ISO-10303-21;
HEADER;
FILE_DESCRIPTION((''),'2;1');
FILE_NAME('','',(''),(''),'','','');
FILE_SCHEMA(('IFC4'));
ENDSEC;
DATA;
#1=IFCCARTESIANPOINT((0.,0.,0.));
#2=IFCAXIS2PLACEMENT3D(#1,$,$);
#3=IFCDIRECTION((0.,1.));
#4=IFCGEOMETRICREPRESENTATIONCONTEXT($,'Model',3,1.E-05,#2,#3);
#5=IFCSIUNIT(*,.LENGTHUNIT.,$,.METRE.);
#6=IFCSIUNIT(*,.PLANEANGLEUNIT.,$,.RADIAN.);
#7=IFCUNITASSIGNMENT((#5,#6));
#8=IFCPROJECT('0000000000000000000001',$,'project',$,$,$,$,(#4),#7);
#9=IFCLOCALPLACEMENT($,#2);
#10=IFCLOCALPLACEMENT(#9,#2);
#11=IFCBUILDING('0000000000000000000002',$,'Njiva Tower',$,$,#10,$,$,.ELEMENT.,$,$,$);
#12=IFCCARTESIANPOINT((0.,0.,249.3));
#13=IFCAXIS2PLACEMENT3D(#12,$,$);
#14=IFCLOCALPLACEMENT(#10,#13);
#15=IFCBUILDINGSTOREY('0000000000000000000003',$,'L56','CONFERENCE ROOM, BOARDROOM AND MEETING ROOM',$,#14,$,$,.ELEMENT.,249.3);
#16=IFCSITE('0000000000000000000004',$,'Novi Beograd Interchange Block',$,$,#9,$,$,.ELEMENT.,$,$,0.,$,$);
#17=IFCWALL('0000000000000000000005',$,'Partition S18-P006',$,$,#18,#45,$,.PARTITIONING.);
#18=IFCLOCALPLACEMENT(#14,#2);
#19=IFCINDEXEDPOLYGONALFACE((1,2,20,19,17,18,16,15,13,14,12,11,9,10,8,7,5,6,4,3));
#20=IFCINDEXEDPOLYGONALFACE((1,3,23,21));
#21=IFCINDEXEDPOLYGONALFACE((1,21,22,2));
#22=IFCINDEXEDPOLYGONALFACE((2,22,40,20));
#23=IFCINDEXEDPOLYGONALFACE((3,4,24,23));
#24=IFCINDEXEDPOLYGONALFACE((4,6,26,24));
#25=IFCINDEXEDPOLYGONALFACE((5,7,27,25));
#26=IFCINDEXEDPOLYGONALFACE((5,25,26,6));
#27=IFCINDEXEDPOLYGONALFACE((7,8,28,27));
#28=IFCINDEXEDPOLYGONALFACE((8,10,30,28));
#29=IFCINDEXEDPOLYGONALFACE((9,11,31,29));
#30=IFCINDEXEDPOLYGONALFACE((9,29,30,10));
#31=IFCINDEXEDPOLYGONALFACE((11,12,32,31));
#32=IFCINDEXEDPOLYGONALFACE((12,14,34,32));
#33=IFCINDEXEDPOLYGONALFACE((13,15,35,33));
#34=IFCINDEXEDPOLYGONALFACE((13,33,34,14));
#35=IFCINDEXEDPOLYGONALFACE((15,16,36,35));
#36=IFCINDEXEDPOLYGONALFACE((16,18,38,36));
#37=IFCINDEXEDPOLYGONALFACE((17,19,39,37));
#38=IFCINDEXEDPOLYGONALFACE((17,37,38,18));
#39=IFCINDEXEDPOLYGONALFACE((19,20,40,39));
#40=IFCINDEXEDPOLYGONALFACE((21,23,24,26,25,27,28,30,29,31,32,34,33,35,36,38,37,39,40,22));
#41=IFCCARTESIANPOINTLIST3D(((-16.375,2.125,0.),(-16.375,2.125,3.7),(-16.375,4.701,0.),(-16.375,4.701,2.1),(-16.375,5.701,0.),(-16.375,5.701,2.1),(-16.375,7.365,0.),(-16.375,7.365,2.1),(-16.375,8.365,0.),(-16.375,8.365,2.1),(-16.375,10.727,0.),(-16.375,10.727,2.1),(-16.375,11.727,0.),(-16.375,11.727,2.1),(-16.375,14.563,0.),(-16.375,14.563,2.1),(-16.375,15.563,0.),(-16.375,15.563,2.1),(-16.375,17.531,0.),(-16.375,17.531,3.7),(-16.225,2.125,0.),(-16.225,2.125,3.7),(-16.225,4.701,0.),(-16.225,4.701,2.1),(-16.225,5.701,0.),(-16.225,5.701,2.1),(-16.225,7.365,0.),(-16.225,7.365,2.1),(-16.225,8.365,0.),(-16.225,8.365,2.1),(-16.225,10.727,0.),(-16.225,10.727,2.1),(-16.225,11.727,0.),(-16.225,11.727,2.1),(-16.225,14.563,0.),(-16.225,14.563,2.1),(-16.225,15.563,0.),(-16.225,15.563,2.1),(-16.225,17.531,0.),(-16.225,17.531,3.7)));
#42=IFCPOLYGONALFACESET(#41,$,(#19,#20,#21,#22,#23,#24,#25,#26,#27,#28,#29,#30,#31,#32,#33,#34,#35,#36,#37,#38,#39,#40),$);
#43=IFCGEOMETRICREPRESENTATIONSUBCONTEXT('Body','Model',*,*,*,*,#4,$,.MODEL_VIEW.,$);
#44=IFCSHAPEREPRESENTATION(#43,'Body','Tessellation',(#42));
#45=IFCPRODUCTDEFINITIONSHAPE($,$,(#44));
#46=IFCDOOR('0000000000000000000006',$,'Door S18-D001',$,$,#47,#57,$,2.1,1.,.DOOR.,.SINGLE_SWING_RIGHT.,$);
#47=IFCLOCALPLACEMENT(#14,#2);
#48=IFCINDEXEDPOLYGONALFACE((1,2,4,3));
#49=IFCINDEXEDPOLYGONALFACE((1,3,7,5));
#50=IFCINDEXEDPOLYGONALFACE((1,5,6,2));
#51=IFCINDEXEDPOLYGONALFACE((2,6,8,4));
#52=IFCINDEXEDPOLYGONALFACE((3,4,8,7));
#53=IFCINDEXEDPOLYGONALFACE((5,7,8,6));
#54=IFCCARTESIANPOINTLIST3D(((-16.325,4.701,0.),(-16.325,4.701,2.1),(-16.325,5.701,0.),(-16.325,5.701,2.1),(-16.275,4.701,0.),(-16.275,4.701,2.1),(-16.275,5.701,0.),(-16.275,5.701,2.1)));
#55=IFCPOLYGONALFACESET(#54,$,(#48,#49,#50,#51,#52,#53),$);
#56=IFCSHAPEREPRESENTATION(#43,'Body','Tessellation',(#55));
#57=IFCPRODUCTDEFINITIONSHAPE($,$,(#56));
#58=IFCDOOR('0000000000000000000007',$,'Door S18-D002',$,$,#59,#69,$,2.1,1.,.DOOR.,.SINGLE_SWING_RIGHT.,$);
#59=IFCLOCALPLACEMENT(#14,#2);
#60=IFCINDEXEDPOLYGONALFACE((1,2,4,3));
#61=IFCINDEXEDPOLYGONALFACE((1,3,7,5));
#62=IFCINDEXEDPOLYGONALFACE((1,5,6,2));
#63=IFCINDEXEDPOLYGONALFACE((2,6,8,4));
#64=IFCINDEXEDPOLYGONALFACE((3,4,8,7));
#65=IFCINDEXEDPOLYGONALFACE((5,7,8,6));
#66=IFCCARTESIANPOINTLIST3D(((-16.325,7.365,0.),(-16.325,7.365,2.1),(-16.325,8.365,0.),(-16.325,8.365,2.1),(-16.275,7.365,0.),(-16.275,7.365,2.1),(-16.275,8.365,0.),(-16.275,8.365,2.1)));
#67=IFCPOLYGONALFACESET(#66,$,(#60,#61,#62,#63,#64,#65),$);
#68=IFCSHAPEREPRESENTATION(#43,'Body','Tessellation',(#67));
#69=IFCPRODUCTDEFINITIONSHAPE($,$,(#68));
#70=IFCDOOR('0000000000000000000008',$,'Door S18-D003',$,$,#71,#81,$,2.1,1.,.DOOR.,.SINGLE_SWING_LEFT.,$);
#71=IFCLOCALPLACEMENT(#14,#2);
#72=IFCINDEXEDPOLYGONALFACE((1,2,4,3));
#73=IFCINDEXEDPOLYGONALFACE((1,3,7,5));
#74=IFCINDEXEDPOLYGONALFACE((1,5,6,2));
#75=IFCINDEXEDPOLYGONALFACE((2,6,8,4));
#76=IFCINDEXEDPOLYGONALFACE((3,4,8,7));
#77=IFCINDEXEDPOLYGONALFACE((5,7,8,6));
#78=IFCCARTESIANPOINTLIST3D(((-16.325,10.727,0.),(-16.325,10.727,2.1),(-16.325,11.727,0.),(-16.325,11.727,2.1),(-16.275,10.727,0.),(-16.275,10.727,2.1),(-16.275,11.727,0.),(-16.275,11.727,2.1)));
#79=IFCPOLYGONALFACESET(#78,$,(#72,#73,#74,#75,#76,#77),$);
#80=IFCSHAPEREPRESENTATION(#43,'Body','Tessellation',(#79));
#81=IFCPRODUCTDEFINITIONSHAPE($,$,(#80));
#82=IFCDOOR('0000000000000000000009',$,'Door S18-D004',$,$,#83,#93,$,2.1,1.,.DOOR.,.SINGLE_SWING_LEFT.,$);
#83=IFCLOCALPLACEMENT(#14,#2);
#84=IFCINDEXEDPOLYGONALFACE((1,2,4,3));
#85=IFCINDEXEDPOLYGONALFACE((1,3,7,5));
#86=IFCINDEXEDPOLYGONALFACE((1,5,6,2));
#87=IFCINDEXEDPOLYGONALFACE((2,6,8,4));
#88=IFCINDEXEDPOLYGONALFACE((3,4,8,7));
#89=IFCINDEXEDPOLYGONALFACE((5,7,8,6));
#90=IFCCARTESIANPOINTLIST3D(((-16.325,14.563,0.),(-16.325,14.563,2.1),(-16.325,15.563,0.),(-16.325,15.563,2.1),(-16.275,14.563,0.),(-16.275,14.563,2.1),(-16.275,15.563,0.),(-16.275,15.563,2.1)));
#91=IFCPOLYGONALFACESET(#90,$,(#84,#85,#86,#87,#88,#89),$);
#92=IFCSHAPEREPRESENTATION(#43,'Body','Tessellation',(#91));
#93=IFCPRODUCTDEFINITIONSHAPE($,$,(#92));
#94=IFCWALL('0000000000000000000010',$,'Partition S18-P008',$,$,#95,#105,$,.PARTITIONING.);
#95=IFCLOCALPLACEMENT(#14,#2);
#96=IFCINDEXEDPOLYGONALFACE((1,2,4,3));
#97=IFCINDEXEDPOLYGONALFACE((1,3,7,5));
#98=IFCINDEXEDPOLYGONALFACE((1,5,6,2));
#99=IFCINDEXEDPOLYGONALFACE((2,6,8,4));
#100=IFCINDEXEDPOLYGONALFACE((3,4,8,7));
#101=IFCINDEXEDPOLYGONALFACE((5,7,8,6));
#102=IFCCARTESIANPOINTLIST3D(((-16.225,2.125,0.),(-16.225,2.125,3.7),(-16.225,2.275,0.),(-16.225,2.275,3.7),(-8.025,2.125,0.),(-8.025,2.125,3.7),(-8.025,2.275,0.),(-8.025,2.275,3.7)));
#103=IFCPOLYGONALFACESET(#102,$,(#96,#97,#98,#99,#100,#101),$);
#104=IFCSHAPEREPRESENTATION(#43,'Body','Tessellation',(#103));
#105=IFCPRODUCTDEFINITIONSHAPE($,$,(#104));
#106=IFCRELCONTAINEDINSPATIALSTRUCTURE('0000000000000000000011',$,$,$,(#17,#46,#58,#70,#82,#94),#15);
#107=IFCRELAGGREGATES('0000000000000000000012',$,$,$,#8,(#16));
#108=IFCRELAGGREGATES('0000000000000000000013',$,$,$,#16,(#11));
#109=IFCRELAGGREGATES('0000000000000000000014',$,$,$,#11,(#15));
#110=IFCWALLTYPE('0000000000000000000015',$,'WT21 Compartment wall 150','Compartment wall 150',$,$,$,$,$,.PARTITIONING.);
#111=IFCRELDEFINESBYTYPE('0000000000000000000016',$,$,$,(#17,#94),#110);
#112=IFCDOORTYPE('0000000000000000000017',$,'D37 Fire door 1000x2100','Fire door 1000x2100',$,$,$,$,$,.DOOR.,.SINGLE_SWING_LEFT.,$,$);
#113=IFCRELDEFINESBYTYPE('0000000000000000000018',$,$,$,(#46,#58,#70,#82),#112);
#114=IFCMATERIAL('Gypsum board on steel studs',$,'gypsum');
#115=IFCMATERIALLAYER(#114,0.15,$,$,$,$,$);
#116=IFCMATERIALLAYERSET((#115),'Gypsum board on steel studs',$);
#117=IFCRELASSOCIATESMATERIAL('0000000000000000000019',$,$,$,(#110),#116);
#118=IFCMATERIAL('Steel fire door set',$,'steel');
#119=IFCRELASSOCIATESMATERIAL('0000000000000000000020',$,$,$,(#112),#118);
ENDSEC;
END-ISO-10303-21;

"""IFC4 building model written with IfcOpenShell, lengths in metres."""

from ifc_helpers import new_model, si_unit, direction, frame, frame_2d, origin, place, context, subcontext, project, spatial, rectangle, extrude, material, layer, layer_set, type_object, element, fill, save


model = new_model("IFC4")

# Units and contexts
model_context = context("Model", 3, precision=1e-05, world=origin(), true_north=direction((0.0, 1.0)))
body_context = subcontext(model_context, "Body", "Model", "MODEL_VIEW")
ifc_project = project(units=[si_unit("LENGTHUNIT", "METRE"), si_unit("PLANEANGLEUNIT", "RADIAN")], contexts=[model_context])

# Site, building, storey
site_placement = place(None, origin())
site = spatial("IfcSite", under=ifc_project, at=site_placement, Name="Novi Beograd Interchange Block", CompositionType="ELEMENT", RefElevation=0.0)
building_placement = place(site_placement, origin())
building = spatial("IfcBuilding", under=site, at=building_placement, Name="Njiva Tower", CompositionType="ELEMENT")
storey_placement = place(building_placement, frame((0.0, 0.0, 249.3)))
storey = spatial("IfcBuildingStorey", under=building, at=storey_placement, Name="L56", Description="CONFERENCE ROOM, BOARDROOM AND MEETING ROOM", CompositionType="ELEMENT", Elevation=249.3)

# Shared definitions
ifc_material_1 = material(Name="Gypsum board on steel studs", Category="gypsum")
ifc_layer_1 = layer(ifc_material_1, 0.15)
ifc_layer_set_1 = layer_set([ifc_layer_1], Name="Gypsum board on steel studs")
wall_type_1 = type_object("IfcWallType", Name="WT21 Compartment wall 150", Description="Compartment wall 150", PredefinedType="PARTITIONING", material=ifc_layer_set_1)

# Wall, openings, doors
wall_1_placement = place(storey_placement, frame((-16.3, 2.125, 0.0), z_axis=(0.0, 0.0, 1.0), x_axis=(0.0, 1.0, 0.0)))
wall_1 = element("IfcWall", 1, at=wall_1_placement, inside=storey, type_object=wall_type_1, Name="Partition S18-P006", PredefinedType="PARTITIONING", context=body_context, shape_type="SweptSolid", body=[
    extrude(rectangle(XDim=15.406, YDim=0.15, at=frame_2d((7.703, 0.0))), origin(), (0.0, 0.0, 1.0), 3.7),
])
opening_1_placement = place(wall_1_placement, frame((2.576, 0.0, 0.0)))
opening_1 = element("IfcOpeningElement", 2, at=opening_1_placement, cuts=wall_1, PredefinedType="OPENING", context=body_context, shape_type="SweptSolid", body=[
    extrude(rectangle(XDim=1.0, YDim=2.1, at=frame_2d((0.5, 1.05))), frame((0.0, 0.085, 0.0), z_axis=(0.0, -1.0, 0.0), x_axis=(1.0, 0.0, 0.0)), (0.0, 0.0, 1.0), 0.17),
])
opening_2_placement = place(wall_1_placement, frame((5.24, 0.0, 0.0)))
opening_2 = element("IfcOpeningElement", 3, at=opening_2_placement, cuts=wall_1, PredefinedType="OPENING", context=body_context, shape_type="SweptSolid", body=[
    extrude(rectangle(XDim=1.0, YDim=2.1, at=frame_2d((0.5, 1.05))), frame((0.0, 0.085, 0.0), z_axis=(0.0, -1.0, 0.0), x_axis=(1.0, 0.0, 0.0)), (0.0, 0.0, 1.0), 0.17),
])
opening_3_placement = place(wall_1_placement, frame((8.602, 0.0, 0.0)))
opening_3 = element("IfcOpeningElement", 4, at=opening_3_placement, cuts=wall_1, PredefinedType="OPENING", context=body_context, shape_type="SweptSolid", body=[
    extrude(rectangle(XDim=1.0, YDim=2.1, at=frame_2d((0.5, 1.05))), frame((0.0, 0.085, 0.0), z_axis=(0.0, -1.0, 0.0), x_axis=(1.0, 0.0, 0.0)), (0.0, 0.0, 1.0), 0.17),
])
opening_4_placement = place(wall_1_placement, frame((12.438, 0.0, 0.0)))
opening_4 = element("IfcOpeningElement", 5, at=opening_4_placement, cuts=wall_1, PredefinedType="OPENING", context=body_context, shape_type="SweptSolid", body=[
    extrude(rectangle(XDim=1.0, YDim=2.1, at=frame_2d((0.5, 1.05))), frame((0.0, 0.085, 0.0), z_axis=(0.0, -1.0, 0.0), x_axis=(1.0, 0.0, 0.0)), (0.0, 0.0, 1.0), 0.17),
])
ifc_material_2 = material(Name="Steel fire door set", Category="steel")
door_type_1 = type_object("IfcDoorType", Name="D37 Fire door 1000x2100", Description="Fire door 1000x2100", OperationType="SINGLE_SWING_LEFT", PredefinedType="DOOR", material=ifc_material_2)
door_1_placement = place(opening_1_placement, origin())
door_1 = element("IfcDoor", 6, at=door_1_placement, inside=storey, type_object=door_type_1, Name="Door S18-D001", OperationType="SINGLE_SWING_RIGHT", OverallHeight=2.1, OverallWidth=1.0, PredefinedType="DOOR", context=body_context, shape_type="SweptSolid", body=[
    extrude(rectangle(XDim=1.0, YDim=2.1, at=frame_2d((0.5, 1.05))), frame((0.0, 0.025, 0.0), z_axis=(0.0, -1.0, 0.0), x_axis=(1.0, 0.0, 0.0)), (0.0, 0.0, 1.0), 0.05),
])
fill(opening_1, door_1)
door_2_placement = place(opening_2_placement, origin())
door_2 = element("IfcDoor", 7, at=door_2_placement, inside=storey, type_object=door_type_1, Name="Door S18-D002", OperationType="SINGLE_SWING_RIGHT", OverallHeight=2.1, OverallWidth=1.0, PredefinedType="DOOR", context=body_context, shape_type="SweptSolid", body=[
    extrude(rectangle(XDim=1.0, YDim=2.1, at=frame_2d((0.5, 1.05))), frame((0.0, 0.025, 0.0), z_axis=(0.0, -1.0, 0.0), x_axis=(1.0, 0.0, 0.0)), (0.0, 0.0, 1.0), 0.05),
])
fill(opening_2, door_2)
door_3_placement = place(opening_3_placement, origin())
door_3 = element("IfcDoor", 8, at=door_3_placement, inside=storey, type_object=door_type_1, Name="Door S18-D003", OperationType="SINGLE_SWING_LEFT", OverallHeight=2.1, OverallWidth=1.0, PredefinedType="DOOR", context=body_context, shape_type="SweptSolid", body=[
    extrude(rectangle(XDim=1.0, YDim=2.1, at=frame_2d((0.5, 1.05))), frame((0.0, 0.025, 0.0), z_axis=(0.0, -1.0, 0.0), x_axis=(1.0, 0.0, 0.0)), (0.0, 0.0, 1.0), 0.05),
])
fill(opening_3, door_3)
door_4_placement = place(opening_4_placement, origin())
door_4 = element("IfcDoor", 9, at=door_4_placement, inside=storey, type_object=door_type_1, Name="Door S18-D004", OperationType="SINGLE_SWING_LEFT", OverallHeight=2.1, OverallWidth=1.0, PredefinedType="DOOR", context=body_context, shape_type="SweptSolid", body=[
    extrude(rectangle(XDim=1.0, YDim=2.1, at=frame_2d((0.5, 1.05))), frame((0.0, 0.025, 0.0), z_axis=(0.0, -1.0, 0.0), x_axis=(1.0, 0.0, 0.0)), (0.0, 0.0, 1.0), 0.05),
])
fill(opening_4, door_4)

# Wall
wall_2_placement = place(storey_placement, frame((-16.225, 2.2, 0.0), z_axis=(0.0, 0.0, 1.0), x_axis=(1.0, 0.0, 0.0)))
element("IfcWall", 10, at=wall_2_placement, inside=storey, type_object=wall_type_1, Name="Partition S18-P008", PredefinedType="PARTITIONING", context=body_context, shape_type="SweptSolid", body=[
    extrude(rectangle(XDim=8.2, YDim=0.15, at=frame_2d((4.1, 0.0))), origin(), (0.0, 0.0, 1.0), 3.7),
])

save(model, "model.ifc")
